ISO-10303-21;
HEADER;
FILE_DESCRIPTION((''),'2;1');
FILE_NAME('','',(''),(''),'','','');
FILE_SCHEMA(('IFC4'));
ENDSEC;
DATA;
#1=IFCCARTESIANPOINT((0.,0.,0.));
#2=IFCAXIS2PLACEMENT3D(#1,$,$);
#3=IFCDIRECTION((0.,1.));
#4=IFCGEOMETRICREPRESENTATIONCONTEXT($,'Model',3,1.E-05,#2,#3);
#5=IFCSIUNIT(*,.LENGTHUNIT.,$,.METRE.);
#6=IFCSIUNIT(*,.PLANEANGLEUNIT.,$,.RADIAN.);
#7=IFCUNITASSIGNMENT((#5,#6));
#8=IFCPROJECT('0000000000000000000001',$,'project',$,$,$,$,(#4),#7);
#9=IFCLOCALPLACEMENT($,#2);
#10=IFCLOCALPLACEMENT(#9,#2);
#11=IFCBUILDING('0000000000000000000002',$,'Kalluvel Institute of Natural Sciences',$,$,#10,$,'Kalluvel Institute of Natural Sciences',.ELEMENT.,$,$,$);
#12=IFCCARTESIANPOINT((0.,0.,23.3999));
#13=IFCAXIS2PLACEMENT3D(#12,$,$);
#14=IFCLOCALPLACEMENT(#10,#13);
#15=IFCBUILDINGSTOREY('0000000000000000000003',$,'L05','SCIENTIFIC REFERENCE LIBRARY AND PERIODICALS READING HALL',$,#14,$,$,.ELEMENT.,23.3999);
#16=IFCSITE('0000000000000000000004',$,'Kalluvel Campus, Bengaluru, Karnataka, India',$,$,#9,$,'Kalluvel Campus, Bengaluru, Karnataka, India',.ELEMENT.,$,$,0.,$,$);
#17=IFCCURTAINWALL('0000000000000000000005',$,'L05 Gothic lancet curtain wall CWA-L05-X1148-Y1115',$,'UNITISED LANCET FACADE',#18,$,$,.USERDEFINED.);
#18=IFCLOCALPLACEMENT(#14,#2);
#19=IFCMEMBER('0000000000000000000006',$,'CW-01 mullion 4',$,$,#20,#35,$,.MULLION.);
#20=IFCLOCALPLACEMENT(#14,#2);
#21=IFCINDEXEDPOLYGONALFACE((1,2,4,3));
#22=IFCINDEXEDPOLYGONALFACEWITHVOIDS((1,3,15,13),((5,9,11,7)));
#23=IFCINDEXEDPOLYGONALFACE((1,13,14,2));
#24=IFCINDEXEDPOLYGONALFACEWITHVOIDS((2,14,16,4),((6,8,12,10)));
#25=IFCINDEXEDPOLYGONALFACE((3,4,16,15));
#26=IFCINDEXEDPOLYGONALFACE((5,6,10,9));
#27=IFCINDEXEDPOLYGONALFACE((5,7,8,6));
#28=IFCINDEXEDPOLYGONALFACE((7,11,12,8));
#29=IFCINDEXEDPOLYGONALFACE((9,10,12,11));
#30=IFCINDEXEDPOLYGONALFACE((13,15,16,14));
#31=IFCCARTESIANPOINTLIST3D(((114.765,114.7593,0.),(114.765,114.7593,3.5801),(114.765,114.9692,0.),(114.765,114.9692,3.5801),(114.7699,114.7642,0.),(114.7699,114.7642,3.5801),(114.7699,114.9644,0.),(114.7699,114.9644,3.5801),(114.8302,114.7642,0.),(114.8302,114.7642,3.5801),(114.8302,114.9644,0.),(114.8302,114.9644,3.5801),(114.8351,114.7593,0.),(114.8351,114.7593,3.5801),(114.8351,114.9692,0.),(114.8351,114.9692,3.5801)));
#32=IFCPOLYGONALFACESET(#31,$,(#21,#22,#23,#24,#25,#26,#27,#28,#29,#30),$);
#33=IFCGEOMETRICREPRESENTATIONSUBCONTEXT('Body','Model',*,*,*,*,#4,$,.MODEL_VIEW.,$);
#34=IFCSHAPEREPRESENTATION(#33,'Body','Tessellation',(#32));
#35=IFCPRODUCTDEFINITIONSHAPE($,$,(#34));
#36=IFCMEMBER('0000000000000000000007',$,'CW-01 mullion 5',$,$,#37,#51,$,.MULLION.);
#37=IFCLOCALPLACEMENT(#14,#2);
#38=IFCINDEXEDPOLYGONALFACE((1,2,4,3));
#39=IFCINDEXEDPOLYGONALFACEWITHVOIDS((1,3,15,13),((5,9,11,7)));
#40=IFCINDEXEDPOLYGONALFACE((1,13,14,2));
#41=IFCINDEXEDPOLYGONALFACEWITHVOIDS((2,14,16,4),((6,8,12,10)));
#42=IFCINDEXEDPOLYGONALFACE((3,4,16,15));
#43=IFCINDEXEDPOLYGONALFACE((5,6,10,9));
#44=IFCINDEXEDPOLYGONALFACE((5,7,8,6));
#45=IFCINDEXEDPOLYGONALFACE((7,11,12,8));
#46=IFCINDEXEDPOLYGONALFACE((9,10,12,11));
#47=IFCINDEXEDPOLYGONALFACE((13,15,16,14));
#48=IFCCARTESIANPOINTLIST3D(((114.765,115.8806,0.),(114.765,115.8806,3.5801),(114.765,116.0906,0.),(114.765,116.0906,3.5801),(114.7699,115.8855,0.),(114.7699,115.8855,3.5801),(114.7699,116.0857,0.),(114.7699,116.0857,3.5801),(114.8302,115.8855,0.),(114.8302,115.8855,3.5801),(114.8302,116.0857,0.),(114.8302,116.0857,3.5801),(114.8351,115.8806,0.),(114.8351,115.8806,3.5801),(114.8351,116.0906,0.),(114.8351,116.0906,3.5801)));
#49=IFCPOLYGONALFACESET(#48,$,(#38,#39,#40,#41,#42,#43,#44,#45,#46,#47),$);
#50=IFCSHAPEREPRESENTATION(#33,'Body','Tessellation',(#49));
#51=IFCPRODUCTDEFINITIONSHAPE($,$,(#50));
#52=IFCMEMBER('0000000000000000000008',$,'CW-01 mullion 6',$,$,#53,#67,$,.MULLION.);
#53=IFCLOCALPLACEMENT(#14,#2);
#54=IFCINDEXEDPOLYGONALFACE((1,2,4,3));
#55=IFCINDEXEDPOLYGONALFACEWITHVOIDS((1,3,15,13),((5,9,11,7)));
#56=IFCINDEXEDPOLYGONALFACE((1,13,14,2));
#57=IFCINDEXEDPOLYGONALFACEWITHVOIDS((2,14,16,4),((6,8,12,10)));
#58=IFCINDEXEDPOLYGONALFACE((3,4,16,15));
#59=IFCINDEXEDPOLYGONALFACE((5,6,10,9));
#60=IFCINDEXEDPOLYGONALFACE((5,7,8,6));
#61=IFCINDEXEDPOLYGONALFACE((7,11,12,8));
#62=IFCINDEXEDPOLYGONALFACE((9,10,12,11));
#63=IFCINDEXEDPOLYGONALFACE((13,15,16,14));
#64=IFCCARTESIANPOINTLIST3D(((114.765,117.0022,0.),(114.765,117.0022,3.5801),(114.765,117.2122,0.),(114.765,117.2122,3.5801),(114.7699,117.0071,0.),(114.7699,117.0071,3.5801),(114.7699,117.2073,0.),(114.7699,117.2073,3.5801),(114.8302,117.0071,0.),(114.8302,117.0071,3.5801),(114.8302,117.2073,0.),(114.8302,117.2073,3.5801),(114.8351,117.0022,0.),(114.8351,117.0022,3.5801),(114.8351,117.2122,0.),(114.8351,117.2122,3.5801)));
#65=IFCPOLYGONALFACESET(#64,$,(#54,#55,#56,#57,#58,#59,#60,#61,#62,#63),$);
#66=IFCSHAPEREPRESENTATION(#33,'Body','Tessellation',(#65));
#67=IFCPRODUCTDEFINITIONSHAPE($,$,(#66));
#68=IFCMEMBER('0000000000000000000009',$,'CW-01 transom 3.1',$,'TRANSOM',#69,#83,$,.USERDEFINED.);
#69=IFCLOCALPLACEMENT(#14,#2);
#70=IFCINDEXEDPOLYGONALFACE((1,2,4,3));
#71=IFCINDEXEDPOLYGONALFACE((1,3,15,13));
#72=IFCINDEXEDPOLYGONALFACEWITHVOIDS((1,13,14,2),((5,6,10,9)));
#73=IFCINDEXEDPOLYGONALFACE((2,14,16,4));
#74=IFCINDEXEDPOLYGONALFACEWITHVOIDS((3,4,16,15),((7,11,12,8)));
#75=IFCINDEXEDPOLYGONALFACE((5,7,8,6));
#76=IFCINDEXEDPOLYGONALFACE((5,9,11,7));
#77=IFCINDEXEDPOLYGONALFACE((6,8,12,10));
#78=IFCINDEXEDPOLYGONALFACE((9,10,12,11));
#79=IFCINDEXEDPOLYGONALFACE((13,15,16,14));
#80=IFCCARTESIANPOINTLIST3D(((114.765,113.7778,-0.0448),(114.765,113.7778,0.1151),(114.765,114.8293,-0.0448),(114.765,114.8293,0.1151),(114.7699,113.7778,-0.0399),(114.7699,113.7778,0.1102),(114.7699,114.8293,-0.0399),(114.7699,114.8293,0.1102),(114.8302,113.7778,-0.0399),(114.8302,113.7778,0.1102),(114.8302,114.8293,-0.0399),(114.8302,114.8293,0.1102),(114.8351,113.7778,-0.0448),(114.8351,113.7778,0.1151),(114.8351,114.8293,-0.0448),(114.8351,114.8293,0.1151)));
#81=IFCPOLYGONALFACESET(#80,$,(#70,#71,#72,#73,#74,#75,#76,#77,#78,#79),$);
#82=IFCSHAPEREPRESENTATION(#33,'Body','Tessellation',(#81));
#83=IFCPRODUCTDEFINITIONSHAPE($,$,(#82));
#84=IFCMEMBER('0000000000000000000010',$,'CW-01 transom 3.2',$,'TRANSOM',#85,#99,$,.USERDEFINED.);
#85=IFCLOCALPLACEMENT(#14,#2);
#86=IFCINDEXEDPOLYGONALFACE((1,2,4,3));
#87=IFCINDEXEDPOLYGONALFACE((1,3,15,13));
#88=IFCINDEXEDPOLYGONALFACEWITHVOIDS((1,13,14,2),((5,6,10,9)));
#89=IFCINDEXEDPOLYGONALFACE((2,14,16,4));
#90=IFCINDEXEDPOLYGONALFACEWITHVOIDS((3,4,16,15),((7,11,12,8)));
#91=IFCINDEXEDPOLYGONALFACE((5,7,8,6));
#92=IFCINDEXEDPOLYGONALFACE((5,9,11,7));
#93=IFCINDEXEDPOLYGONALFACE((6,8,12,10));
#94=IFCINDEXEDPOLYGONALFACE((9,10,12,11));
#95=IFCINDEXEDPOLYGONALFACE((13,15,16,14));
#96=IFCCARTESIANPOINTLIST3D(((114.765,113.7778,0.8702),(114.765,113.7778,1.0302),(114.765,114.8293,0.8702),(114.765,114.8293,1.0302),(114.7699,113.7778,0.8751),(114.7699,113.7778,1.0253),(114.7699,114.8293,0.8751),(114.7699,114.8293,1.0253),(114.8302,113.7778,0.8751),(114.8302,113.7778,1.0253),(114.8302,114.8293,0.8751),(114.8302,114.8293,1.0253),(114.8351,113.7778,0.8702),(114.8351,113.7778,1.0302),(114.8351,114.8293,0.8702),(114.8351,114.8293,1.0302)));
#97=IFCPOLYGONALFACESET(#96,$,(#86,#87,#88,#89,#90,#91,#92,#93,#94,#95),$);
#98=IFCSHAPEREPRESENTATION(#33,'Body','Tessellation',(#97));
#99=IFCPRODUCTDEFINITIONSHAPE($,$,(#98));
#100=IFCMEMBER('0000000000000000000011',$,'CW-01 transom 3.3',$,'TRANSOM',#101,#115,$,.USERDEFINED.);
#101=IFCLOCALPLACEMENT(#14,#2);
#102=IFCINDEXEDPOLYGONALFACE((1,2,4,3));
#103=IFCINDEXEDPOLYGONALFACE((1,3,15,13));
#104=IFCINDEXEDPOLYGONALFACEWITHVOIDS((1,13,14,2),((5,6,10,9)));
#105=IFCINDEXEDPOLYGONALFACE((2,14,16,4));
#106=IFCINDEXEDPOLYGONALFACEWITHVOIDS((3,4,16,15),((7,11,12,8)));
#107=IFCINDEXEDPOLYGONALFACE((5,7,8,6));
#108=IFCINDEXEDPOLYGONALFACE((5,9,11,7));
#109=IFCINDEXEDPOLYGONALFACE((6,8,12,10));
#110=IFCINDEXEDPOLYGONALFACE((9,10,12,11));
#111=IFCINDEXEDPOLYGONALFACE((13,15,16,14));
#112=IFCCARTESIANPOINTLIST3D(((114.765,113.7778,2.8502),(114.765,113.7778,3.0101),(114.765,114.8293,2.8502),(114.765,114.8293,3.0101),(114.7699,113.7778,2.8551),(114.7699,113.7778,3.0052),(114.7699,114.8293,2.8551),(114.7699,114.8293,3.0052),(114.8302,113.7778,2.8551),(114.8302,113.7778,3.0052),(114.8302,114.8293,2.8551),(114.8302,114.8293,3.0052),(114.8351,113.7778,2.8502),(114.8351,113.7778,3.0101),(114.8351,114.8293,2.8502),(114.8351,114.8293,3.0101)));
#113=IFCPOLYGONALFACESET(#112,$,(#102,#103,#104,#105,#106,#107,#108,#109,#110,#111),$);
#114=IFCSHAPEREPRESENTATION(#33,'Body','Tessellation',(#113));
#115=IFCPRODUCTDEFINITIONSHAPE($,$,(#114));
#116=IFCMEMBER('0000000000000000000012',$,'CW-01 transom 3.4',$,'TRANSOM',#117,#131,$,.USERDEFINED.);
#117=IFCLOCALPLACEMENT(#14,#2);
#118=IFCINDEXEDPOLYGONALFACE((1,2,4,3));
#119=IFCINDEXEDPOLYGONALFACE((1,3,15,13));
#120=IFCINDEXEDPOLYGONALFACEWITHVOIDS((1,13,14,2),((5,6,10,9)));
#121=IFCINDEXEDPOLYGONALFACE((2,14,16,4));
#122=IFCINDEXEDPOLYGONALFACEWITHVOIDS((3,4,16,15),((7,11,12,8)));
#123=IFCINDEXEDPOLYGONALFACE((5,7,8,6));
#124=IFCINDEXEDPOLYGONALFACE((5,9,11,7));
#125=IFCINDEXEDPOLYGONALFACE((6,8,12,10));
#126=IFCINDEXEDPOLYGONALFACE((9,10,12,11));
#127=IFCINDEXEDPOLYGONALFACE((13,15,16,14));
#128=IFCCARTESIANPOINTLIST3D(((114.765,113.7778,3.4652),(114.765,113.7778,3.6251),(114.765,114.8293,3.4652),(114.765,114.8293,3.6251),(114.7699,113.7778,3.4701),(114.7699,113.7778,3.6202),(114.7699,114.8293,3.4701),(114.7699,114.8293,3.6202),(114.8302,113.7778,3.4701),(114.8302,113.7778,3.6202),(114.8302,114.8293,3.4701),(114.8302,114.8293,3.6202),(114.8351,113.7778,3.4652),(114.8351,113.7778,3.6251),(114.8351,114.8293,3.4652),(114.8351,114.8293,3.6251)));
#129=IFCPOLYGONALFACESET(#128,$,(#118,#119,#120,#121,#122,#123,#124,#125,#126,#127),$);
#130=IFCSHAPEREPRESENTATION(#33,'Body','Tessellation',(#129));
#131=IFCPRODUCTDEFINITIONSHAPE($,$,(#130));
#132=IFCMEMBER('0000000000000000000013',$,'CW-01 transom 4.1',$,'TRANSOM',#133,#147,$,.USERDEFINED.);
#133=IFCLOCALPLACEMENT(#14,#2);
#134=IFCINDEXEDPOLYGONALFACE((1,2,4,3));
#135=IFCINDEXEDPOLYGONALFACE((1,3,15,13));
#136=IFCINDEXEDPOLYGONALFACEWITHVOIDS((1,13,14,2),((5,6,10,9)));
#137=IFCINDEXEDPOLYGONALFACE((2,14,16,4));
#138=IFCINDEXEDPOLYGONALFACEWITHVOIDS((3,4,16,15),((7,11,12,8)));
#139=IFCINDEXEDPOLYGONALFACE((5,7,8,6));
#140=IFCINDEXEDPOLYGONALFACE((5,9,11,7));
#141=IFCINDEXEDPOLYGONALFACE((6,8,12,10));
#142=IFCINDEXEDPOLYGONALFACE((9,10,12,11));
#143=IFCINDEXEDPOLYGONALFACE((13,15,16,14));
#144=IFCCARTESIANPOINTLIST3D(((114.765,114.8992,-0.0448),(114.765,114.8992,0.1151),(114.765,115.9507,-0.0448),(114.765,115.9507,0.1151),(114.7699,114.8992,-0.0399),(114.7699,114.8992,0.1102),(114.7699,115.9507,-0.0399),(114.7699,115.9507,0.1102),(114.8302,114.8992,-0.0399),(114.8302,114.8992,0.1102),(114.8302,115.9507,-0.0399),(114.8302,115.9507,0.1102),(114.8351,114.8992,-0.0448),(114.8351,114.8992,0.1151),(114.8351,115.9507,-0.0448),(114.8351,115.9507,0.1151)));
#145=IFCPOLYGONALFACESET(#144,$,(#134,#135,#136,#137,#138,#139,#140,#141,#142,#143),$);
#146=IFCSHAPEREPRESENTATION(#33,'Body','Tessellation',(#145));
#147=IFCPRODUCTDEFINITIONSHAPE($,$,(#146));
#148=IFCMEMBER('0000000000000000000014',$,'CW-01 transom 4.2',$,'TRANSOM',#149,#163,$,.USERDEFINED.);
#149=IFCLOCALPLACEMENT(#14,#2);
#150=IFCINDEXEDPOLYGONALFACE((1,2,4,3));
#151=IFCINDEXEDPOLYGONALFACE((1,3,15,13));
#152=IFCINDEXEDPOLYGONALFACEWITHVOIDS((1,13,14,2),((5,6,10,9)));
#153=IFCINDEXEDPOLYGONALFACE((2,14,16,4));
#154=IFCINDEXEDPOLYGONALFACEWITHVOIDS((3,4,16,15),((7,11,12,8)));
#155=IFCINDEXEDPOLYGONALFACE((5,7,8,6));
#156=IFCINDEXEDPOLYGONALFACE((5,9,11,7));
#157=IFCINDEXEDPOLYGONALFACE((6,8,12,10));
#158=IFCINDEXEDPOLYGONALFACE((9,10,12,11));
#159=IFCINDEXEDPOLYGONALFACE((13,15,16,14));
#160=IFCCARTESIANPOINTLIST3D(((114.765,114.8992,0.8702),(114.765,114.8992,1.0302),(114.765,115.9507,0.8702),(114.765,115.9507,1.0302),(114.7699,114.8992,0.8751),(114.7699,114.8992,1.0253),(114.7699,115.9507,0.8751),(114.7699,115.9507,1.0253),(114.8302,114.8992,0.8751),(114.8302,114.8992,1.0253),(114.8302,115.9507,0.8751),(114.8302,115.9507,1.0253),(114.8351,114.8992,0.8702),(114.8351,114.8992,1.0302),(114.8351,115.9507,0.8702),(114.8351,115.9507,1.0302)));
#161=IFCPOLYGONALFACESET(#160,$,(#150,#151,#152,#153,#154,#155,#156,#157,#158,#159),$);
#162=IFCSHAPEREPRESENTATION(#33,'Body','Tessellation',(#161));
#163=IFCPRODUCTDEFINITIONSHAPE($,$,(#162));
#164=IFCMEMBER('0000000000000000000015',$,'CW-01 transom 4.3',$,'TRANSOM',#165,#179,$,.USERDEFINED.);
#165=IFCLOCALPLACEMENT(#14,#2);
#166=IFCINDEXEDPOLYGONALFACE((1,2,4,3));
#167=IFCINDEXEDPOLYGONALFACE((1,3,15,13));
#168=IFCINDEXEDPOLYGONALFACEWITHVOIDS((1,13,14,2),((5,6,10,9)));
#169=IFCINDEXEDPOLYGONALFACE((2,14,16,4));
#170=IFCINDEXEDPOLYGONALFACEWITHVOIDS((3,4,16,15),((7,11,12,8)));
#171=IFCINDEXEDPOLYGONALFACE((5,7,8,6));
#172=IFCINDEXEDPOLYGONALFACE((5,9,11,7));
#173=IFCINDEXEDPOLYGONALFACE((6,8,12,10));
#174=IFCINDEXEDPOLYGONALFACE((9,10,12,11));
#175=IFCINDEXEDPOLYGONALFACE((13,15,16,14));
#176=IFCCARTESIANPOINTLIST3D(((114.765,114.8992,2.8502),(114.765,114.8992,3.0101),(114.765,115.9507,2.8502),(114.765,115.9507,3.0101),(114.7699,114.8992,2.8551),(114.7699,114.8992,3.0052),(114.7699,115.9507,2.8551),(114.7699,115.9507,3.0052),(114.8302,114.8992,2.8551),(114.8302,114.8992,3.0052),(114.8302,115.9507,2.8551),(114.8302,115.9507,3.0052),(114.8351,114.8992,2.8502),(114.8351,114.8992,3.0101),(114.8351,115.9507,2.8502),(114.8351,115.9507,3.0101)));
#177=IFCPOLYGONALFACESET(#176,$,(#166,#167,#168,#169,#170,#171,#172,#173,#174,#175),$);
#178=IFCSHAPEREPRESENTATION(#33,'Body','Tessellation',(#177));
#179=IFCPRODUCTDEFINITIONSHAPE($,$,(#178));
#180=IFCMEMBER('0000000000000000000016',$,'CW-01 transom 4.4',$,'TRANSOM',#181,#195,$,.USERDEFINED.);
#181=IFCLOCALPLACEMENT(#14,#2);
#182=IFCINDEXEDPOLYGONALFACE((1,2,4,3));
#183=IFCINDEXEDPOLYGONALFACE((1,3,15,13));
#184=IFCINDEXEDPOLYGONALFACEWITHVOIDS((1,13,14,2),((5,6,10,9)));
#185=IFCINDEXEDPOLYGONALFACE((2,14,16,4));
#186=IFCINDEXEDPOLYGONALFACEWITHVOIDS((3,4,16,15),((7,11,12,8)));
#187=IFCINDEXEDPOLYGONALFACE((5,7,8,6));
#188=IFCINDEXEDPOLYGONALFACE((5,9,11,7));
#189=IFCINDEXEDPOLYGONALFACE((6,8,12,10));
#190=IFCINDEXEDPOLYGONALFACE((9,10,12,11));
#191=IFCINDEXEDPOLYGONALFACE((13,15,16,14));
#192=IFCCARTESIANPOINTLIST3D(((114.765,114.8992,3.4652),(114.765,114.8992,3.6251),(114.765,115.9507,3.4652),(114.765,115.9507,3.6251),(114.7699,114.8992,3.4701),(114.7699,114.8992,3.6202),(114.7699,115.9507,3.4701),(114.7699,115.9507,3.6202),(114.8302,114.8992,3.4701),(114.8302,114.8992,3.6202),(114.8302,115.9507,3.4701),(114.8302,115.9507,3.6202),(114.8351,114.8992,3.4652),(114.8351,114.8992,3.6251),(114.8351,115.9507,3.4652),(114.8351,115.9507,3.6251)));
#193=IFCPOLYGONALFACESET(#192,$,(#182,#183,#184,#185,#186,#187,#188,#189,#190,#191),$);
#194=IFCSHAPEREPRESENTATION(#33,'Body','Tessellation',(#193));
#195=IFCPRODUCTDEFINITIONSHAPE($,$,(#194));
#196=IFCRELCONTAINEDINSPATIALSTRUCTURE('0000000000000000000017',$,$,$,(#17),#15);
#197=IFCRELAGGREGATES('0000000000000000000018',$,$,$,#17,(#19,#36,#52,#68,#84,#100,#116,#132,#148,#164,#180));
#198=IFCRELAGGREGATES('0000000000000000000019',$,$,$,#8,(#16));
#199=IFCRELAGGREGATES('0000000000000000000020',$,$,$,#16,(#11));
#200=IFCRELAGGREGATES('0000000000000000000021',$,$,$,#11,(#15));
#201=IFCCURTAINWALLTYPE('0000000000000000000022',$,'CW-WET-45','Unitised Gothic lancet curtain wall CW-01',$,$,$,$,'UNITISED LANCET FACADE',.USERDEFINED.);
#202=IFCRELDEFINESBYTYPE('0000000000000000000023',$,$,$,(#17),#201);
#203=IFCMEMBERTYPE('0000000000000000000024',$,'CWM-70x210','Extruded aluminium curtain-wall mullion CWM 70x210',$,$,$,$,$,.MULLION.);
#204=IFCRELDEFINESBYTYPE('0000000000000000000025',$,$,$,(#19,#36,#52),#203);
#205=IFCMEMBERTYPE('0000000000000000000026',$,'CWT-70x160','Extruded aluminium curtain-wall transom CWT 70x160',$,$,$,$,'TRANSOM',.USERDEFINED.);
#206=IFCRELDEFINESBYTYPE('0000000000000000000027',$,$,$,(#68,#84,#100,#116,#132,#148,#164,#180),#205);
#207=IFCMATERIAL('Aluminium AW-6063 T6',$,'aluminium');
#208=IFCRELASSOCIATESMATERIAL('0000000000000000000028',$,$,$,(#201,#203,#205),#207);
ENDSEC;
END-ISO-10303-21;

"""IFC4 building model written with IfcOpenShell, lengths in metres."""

from ifc_helpers import new_model, si_unit, direction, frame, origin, origin_2d, place, context, subcontext, project, spatial, hollow_rectangle, extrude, material, material_profile, profile_set, type_object, element, aggregate, save


model = new_model("IFC4")

# Units and contexts
model_context = context("Model", 3, precision=1e-05, world=origin(), true_north=direction((0.0, 1.0)))
body_context = subcontext(model_context, "Body", "Model", "MODEL_VIEW")
ifc_project = project(units=[si_unit("LENGTHUNIT", "METRE"), si_unit("PLANEANGLEUNIT", "RADIAN")], contexts=[model_context])

# Site, building, storey
site_placement = place(None, origin())
site = spatial("IfcSite", under=ifc_project, at=site_placement, Name="Kalluvel Campus, Bengaluru, Karnataka, India", LongName="Kalluvel Campus, Bengaluru, Karnataka, India", CompositionType="ELEMENT", RefElevation=0.0)
building_placement = place(site_placement, origin())
building = spatial("IfcBuilding", under=site, at=building_placement, Name="Kalluvel Institute of Natural Sciences", LongName="Kalluvel Institute of Natural Sciences", CompositionType="ELEMENT")
storey_placement = place(building_placement, frame((0.0, 0.0, 23.3999)))
storey = spatial("IfcBuildingStorey", under=building, at=storey_placement, Name="L05", Description="SCIENTIFIC REFERENCE LIBRARY AND PERIODICALS READING HALL", CompositionType="ELEMENT", Elevation=23.3999)

# Curtain wall, members
ifc_material_1 = material(Name="Aluminium AW-6063 T6", Category="aluminium")
curtain_wall_type = type_object("IfcCurtainWallType", Name="CW-WET-45", Description="Unitised Gothic lancet curtain wall CW-01", ElementType="UNITISED LANCET FACADE", PredefinedType="USERDEFINED", material=ifc_material_1)
curtain_wall_placement = place(storey_placement, origin())
curtain_wall = element("IfcCurtainWall", 1, at=curtain_wall_placement, inside=storey, type_object=curtain_wall_type, Name="L05 Gothic lancet curtain wall CWA-L05-X1148-Y1115", ObjectType="UNITISED LANCET FACADE", PredefinedType="USERDEFINED")
ifc_material_profile_1 = material_profile(ifc_material_1, hollow_rectangle(XDim=0.0701, YDim=0.21, WallThickness=0.0049, at=origin_2d()), Name="CWM 70x210")
ifc_profile_set_1 = profile_set([ifc_material_profile_1], Name="Aluminium AW-6063 T6")
member_type_1 = type_object("IfcMemberType", Name="CWM-70x210", Description="Extruded aluminium curtain-wall mullion CWM 70x210", PredefinedType="MULLION", material=ifc_profile_set_1)
member_1_placement = place(storey_placement, frame((114.8, 114.8643, 0.0), z_axis=(0.0, 0.0, 1.0), x_axis=(-1.0, 0.0, 0.0)))
member_1 = element("IfcMember", 2, at=member_1_placement, type_object=member_type_1, Name="CW-01 mullion 4", PredefinedType="MULLION", context=body_context, shape_type="SweptSolid", body=[
    extrude(hollow_rectangle(XDim=0.0701, YDim=0.21, WallThickness=0.0049, at=origin_2d()), origin(), (0.0, 0.0, 1.0), 3.5801),
])
member_2_placement = place(storey_placement, frame((114.8, 115.9856, 0.0), z_axis=(0.0, 0.0, 1.0), x_axis=(-1.0, 0.0, 0.0)))
member_2 = element("IfcMember", 3, at=member_2_placement, type_object=member_type_1, Name="CW-01 mullion 5", PredefinedType="MULLION", context=body_context, shape_type="SweptSolid", body=[
    extrude(hollow_rectangle(XDim=0.0701, YDim=0.21, WallThickness=0.0049, at=origin_2d()), origin(), (0.0, 0.0, 1.0), 3.5801),
])
member_3_placement = place(storey_placement, frame((114.8, 117.1072, 0.0), z_axis=(0.0, 0.0, 1.0), x_axis=(-1.0, 0.0, 0.0)))
member_3 = element("IfcMember", 4, at=member_3_placement, type_object=member_type_1, Name="CW-01 mullion 6", PredefinedType="MULLION", context=body_context, shape_type="SweptSolid", body=[
    extrude(hollow_rectangle(XDim=0.0701, YDim=0.21, WallThickness=0.0049, at=origin_2d()), origin(), (0.0, 0.0, 1.0), 3.5801),
])
ifc_material_profile_2 = material_profile(ifc_material_1, hollow_rectangle(XDim=0.0701, YDim=0.1599, WallThickness=0.0049, at=origin_2d()), Name="CWT 70x160")
ifc_profile_set_2 = profile_set([ifc_material_profile_2], Name="Aluminium AW-6063 T6")
member_type_2 = type_object("IfcMemberType", Name="CWT-70x160", Description="Extruded aluminium curtain-wall transom CWT 70x160", ElementType="TRANSOM", PredefinedType="USERDEFINED", material=ifc_profile_set_2)
member_4_placement = place(storey_placement, frame((114.8, 113.7778, 0.0352), z_axis=(0.0, 1.0, 0.0), x_axis=(-1.0, 0.0, 0.0)))
member_4 = element("IfcMember", 5, at=member_4_placement, type_object=member_type_2, Name="CW-01 transom 3.1", ObjectType="TRANSOM", PredefinedType="USERDEFINED", context=body_context, shape_type="SweptSolid", body=[
    extrude(hollow_rectangle(XDim=0.0701, YDim=0.1599, WallThickness=0.0049, at=origin_2d()), origin(), (0.0, 0.0, 1.0), 1.0515),
])
member_5_placement = place(storey_placement, frame((114.8, 113.7778, 0.9502), z_axis=(0.0, 1.0, 0.0), x_axis=(-1.0, 0.0, 0.0)))
member_5 = element("IfcMember", 6, at=member_5_placement, type_object=member_type_2, Name="CW-01 transom 3.2", ObjectType="TRANSOM", PredefinedType="USERDEFINED", context=body_context, shape_type="SweptSolid", body=[
    extrude(hollow_rectangle(XDim=0.0701, YDim=0.1599, WallThickness=0.0049, at=origin_2d()), origin(), (0.0, 0.0, 1.0), 1.0515),
])
member_6_placement = place(storey_placement, frame((114.8, 113.7778, 2.9302), z_axis=(0.0, 1.0, 0.0), x_axis=(-1.0, 0.0, 0.0)))
member_6 = element("IfcMember", 7, at=member_6_placement, type_object=member_type_2, Name="CW-01 transom 3.3", ObjectType="TRANSOM", PredefinedType="USERDEFINED", context=body_context, shape_type="SweptSolid", body=[
    extrude(hollow_rectangle(XDim=0.0701, YDim=0.1599, WallThickness=0.0049, at=origin_2d()), origin(), (0.0, 0.0, 1.0), 1.0515),
])
member_7_placement = place(storey_placement, frame((114.8, 113.7778, 3.5452), z_axis=(0.0, 1.0, 0.0), x_axis=(-1.0, 0.0, 0.0)))
member_7 = element("IfcMember", 8, at=member_7_placement, type_object=member_type_2, Name="CW-01 transom 3.4", ObjectType="TRANSOM", PredefinedType="USERDEFINED", context=body_context, shape_type="SweptSolid", body=[
    extrude(hollow_rectangle(XDim=0.0701, YDim=0.1599, WallThickness=0.0049, at=origin_2d()), origin(), (0.0, 0.0, 1.0), 1.0515),
])
member_8_placement = place(storey_placement, frame((114.8, 114.8992, 0.0352), z_axis=(0.0, 1.0, 0.0), x_axis=(-1.0, 0.0, 0.0)))
member_8 = element("IfcMember", 9, at=member_8_placement, type_object=member_type_2, Name="CW-01 transom 4.1", ObjectType="TRANSOM", PredefinedType="USERDEFINED", context=body_context, shape_type="SweptSolid", body=[
    extrude(hollow_rectangle(XDim=0.0701, YDim=0.1599, WallThickness=0.0049, at=origin_2d()), origin(), (0.0, 0.0, 1.0), 1.0515),
])
member_9_placement = place(storey_placement, frame((114.8, 114.8992, 0.9502), z_axis=(0.0, 1.0, 0.0), x_axis=(-1.0, 0.0, 0.0)))
member_9 = element("IfcMember", 10, at=member_9_placement, type_object=member_type_2, Name="CW-01 transom 4.2", ObjectType="TRANSOM", PredefinedType="USERDEFINED", context=body_context, shape_type="SweptSolid", body=[
    extrude(hollow_rectangle(XDim=0.0701, YDim=0.1599, WallThickness=0.0049, at=origin_2d()), origin(), (0.0, 0.0, 1.0), 1.0515),
])
member_10_placement = place(storey_placement, frame((114.8, 114.8992, 2.9302), z_axis=(0.0, 1.0, 0.0), x_axis=(-1.0, 0.0, 0.0)))
member_10 = element("IfcMember", 11, at=member_10_placement, type_object=member_type_2, Name="CW-01 transom 4.3", ObjectType="TRANSOM", PredefinedType="USERDEFINED", context=body_context, shape_type="SweptSolid", body=[
    extrude(hollow_rectangle(XDim=0.0701, YDim=0.1599, WallThickness=0.0049, at=origin_2d()), origin(), (0.0, 0.0, 1.0), 1.0515),
])
member_11_placement = place(storey_placement, frame((114.8, 114.8992, 3.5452), z_axis=(0.0, 1.0, 0.0), x_axis=(-1.0, 0.0, 0.0)))
member_11 = element("IfcMember", 12, at=member_11_placement, type_object=member_type_2, Name="CW-01 transom 4.4", ObjectType="TRANSOM", PredefinedType="USERDEFINED", context=body_context, shape_type="SweptSolid", body=[
    extrude(hollow_rectangle(XDim=0.0701, YDim=0.1599, WallThickness=0.0049, at=origin_2d()), origin(), (0.0, 0.0, 1.0), 1.0515),
])
aggregate(curtain_wall, [member_1, member_2, member_3, member_4, member_5, member_6, member_7, member_8, member_9, member_10, member_11])

save(model, "model.ifc")
